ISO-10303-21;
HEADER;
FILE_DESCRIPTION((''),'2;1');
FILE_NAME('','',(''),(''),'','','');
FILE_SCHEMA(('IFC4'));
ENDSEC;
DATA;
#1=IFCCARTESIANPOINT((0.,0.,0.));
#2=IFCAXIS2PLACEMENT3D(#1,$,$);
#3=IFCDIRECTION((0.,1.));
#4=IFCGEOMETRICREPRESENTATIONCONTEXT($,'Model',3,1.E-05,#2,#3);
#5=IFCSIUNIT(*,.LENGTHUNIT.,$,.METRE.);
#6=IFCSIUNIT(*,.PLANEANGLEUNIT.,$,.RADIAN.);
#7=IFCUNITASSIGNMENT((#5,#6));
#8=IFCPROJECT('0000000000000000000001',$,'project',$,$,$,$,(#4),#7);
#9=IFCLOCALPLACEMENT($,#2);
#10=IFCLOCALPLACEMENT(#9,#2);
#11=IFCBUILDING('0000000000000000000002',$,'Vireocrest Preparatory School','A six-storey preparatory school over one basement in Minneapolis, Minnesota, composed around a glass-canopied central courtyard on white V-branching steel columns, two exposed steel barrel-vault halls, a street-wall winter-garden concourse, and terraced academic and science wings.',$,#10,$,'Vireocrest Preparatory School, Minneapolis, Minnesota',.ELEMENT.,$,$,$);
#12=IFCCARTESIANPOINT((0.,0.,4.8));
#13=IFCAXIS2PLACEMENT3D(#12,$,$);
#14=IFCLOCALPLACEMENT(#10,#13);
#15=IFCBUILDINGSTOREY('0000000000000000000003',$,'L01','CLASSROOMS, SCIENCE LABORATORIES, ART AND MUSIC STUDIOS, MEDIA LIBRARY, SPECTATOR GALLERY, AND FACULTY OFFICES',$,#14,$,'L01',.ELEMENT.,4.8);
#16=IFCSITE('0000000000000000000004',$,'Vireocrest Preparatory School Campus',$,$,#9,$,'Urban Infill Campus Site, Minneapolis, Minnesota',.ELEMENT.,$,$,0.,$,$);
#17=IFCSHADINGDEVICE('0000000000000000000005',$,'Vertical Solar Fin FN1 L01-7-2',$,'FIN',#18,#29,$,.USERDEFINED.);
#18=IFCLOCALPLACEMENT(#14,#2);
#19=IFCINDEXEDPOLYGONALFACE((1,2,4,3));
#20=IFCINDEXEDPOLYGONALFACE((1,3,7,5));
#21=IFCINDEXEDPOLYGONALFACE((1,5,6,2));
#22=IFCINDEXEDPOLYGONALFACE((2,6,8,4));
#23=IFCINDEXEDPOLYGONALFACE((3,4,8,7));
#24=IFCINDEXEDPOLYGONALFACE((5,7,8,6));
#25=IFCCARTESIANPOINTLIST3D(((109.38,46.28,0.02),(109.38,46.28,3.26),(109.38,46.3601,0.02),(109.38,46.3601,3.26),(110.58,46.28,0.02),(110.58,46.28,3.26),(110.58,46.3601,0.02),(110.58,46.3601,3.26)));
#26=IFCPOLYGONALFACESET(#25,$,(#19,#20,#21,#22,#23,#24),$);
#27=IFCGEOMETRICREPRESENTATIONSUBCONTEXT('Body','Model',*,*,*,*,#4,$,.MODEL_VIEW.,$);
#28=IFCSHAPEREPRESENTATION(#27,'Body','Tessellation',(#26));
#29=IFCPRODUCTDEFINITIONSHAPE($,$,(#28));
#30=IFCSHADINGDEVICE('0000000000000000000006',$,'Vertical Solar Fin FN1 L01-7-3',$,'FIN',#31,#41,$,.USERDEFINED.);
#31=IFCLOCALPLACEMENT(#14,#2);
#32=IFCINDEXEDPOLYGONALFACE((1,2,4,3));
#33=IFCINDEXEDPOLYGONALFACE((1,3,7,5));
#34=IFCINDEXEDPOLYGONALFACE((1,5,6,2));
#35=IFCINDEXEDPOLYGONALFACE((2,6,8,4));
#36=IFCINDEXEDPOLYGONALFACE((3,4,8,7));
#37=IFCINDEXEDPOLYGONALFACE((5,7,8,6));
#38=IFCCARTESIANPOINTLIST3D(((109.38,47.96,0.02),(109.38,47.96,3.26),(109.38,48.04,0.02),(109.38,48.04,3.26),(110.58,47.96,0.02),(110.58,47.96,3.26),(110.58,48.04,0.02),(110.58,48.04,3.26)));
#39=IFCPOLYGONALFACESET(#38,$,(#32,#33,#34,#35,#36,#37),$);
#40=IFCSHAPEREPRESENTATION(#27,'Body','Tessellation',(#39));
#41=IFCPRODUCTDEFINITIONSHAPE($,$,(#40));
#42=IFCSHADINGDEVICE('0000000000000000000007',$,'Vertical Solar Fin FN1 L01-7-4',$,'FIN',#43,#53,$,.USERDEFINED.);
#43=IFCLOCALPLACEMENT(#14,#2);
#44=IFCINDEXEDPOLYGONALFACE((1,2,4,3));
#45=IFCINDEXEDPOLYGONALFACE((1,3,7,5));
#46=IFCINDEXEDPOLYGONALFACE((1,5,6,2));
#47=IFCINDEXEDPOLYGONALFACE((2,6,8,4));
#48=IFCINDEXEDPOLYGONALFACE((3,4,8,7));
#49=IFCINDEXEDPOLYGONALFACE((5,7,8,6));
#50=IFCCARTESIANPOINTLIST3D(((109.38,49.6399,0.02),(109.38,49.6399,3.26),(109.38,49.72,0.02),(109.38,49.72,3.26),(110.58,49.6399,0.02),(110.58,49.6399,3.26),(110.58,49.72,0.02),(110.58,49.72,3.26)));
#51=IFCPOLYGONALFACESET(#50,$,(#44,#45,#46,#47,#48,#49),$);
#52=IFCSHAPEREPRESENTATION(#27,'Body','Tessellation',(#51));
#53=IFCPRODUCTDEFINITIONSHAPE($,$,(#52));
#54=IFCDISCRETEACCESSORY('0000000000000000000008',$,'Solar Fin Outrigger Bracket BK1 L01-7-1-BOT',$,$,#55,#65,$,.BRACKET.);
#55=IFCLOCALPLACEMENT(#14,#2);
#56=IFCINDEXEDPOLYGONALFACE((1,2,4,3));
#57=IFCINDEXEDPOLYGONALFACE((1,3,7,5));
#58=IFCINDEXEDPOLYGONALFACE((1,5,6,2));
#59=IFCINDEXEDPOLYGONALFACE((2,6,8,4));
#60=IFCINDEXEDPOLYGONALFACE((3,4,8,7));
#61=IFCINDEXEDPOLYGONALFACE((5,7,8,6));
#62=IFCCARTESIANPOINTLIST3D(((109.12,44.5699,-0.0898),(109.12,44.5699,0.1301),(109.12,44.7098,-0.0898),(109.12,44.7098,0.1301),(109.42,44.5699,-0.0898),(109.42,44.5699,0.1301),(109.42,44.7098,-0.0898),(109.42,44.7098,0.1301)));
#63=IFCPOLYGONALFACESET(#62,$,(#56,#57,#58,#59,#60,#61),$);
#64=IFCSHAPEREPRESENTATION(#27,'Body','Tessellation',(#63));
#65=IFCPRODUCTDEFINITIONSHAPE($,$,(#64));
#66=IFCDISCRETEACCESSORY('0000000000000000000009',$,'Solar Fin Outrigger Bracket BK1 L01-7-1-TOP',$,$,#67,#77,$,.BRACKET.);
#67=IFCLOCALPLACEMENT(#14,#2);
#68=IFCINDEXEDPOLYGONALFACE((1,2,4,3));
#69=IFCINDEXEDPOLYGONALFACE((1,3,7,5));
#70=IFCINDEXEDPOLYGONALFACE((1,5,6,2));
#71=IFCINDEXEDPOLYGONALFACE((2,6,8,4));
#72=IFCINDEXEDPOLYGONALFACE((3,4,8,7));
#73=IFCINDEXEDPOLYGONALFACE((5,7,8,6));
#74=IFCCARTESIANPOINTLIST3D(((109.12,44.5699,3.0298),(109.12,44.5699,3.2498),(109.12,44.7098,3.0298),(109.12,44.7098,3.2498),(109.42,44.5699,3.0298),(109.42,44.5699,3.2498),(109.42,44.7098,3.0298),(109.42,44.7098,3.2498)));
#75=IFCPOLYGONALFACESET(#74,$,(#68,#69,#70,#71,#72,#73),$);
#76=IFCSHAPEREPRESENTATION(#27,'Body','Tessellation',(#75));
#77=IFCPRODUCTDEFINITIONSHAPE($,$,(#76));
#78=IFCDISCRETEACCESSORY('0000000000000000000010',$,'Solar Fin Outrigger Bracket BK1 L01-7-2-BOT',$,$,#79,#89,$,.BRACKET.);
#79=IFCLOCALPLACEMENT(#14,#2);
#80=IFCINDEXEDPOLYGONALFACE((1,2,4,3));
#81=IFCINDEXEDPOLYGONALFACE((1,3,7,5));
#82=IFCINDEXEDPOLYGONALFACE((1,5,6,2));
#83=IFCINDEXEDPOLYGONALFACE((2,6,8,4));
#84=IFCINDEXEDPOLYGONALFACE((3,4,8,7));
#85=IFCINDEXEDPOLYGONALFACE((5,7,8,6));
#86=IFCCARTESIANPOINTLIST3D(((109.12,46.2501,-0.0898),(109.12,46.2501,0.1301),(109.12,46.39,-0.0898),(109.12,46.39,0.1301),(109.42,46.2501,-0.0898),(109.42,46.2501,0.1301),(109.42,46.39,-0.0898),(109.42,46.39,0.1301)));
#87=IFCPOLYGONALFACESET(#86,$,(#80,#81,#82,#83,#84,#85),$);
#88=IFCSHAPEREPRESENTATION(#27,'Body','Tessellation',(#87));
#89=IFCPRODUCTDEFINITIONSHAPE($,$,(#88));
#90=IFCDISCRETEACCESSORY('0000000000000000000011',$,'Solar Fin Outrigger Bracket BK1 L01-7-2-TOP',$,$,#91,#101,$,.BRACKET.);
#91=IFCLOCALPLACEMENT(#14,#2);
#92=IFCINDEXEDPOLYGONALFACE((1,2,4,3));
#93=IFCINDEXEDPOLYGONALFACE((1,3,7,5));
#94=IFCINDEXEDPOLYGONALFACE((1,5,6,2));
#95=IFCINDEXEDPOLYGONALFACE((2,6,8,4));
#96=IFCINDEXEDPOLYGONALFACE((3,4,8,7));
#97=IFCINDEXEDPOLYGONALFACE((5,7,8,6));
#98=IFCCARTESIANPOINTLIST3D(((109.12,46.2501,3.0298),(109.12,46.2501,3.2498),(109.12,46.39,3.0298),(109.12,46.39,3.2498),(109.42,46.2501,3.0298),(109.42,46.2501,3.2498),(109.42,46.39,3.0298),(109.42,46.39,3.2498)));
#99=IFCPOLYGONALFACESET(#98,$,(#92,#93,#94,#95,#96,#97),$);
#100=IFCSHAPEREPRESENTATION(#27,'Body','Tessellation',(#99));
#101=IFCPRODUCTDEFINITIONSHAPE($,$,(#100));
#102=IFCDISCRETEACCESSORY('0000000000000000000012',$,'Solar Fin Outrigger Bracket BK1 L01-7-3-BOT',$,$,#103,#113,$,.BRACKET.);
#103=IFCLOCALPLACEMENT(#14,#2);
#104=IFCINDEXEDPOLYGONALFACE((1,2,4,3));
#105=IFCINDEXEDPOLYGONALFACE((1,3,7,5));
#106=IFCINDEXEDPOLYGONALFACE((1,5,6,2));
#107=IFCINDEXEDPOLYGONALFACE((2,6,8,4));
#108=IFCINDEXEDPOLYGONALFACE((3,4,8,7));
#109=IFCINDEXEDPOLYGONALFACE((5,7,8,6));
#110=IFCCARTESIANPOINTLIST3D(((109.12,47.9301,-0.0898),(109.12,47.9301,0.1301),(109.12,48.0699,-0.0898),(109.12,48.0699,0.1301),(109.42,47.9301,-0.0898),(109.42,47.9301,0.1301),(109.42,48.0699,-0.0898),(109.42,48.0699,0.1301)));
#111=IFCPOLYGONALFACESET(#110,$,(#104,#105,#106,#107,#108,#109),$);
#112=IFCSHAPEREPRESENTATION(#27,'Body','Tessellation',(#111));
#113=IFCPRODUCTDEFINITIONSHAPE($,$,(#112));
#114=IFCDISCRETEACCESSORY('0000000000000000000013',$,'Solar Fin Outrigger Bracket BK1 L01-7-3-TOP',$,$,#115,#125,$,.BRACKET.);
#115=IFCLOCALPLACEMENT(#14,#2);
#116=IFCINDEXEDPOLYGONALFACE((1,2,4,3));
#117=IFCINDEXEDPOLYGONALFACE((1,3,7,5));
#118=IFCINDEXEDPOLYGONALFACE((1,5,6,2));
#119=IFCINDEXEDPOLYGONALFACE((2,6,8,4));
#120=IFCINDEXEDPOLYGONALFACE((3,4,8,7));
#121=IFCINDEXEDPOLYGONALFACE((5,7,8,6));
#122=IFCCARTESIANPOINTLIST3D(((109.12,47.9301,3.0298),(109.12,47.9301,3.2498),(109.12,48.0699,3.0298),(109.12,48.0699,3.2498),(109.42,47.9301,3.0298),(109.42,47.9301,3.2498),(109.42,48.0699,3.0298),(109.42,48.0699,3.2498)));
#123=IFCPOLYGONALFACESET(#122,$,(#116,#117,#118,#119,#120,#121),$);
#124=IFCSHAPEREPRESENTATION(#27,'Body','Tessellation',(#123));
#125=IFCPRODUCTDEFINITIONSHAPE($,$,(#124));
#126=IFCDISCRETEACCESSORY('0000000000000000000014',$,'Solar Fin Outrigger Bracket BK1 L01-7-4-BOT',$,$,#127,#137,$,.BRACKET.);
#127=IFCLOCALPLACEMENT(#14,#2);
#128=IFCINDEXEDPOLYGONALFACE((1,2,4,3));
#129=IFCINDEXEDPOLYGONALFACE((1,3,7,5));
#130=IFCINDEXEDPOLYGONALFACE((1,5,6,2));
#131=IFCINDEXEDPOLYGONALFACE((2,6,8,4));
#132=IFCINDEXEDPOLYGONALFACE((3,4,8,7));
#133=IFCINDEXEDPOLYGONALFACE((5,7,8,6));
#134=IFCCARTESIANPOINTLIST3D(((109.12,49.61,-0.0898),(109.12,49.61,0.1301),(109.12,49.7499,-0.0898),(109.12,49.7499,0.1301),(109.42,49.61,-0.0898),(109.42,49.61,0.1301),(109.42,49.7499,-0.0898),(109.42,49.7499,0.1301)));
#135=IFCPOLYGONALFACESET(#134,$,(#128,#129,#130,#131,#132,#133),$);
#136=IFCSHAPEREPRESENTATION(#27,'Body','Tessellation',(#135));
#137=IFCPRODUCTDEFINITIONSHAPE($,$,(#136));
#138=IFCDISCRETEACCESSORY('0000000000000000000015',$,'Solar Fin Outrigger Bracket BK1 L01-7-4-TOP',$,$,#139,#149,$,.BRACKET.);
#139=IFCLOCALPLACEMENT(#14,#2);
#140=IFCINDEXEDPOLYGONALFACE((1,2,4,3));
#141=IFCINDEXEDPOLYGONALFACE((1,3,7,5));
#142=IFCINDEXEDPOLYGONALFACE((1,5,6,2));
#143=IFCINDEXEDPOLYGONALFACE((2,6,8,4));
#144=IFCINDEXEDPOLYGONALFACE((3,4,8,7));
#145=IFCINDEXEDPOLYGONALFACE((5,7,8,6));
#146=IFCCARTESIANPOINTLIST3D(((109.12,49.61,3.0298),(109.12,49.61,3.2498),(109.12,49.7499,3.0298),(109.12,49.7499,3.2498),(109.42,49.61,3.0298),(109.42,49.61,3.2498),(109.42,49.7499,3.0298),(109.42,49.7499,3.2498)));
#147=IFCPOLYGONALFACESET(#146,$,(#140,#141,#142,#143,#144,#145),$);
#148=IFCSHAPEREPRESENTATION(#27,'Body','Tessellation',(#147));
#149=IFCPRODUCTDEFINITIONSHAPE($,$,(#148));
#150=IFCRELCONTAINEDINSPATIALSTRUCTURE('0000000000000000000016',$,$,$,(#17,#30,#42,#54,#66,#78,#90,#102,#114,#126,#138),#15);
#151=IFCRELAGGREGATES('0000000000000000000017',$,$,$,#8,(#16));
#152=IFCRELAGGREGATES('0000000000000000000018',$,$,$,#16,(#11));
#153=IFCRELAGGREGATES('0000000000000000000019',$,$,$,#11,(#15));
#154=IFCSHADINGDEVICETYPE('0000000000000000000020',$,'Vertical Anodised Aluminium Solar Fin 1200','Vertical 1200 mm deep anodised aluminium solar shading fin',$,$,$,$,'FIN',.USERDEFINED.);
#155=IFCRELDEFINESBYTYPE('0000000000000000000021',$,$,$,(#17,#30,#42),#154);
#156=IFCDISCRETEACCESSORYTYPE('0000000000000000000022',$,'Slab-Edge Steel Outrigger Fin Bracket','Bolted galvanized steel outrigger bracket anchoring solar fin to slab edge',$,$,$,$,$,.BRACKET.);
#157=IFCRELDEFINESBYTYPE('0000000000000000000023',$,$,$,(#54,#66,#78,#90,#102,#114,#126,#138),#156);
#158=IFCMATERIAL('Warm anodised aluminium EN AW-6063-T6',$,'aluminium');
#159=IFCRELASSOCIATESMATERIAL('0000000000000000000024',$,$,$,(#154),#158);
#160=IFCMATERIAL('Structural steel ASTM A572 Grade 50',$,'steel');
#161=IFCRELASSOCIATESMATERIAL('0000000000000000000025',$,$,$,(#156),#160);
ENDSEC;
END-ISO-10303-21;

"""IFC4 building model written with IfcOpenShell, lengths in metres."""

from ifc_helpers import new_model, si_unit, direction, frame, origin, origin_2d, place, context, subcontext, project, spatial, rectangle, extrude, material, material_profile, profile_set, type_object, element, save


model = new_model("IFC4")

# Units and contexts
model_context = context("Model", 3, precision=1e-05, world=origin(), true_north=direction((0.0, 1.0)))
body_context = subcontext(model_context, "Body", "Model", "MODEL_VIEW")
ifc_project = project(units=[si_unit("LENGTHUNIT", "METRE"), si_unit("PLANEANGLEUNIT", "RADIAN")], contexts=[model_context])

# Site, building, storey
site_placement = place(None, origin())
site = spatial("IfcSite", under=ifc_project, at=site_placement, Name="Vireocrest Preparatory School Campus", LongName="Urban Infill Campus Site, Minneapolis, Minnesota", CompositionType="ELEMENT", RefElevation=0.0)
building_placement = place(site_placement, origin())
building = spatial("IfcBuilding", under=site, at=building_placement, Name="Vireocrest Preparatory School", Description="A six-storey preparatory school over one basement in Minneapolis, Minnesota, composed around a glass-canopied central courtyard on white V-branching steel columns, two exposed steel barrel-vault halls, a street-wall winter-garden concourse, and terraced academic and science wings.", LongName="Vireocrest Preparatory School, Minneapolis, Minnesota", CompositionType="ELEMENT")
storey_placement = place(building_placement, frame((0.0, 0.0, 4.8)))
storey = spatial("IfcBuildingStorey", under=building, at=storey_placement, Name="L01", Description="CLASSROOMS, SCIENCE LABORATORIES, ART AND MUSIC STUDIOS, MEDIA LIBRARY, SPECTATOR GALLERY, AND FACULTY OFFICES", LongName="L01", CompositionType="ELEMENT", Elevation=4.8)

# Shading devices
ifc_material_1 = material(Name="Warm anodised aluminium EN AW-6063-T6", Category="aluminium")
ifc_material_profile_1 = material_profile(ifc_material_1, rectangle(XDim=0.0801, YDim=1.2, at=origin_2d()), Name="FIN 80x1200")
ifc_profile_set_1 = profile_set([ifc_material_profile_1], Name="Warm anodised aluminium EN AW-6063-T6")
shading_device_type = type_object("IfcShadingDeviceType", Name="Vertical Anodised Aluminium Solar Fin 1200", Description="Vertical 1200 mm deep anodised aluminium solar shading fin", ElementType="FIN", PredefinedType="USERDEFINED", material=ifc_profile_set_1)
for number, where, z_axis, x_axis, name in (
    (1, (109.98, 46.3201, 0.02), (0.0, 0.0, 1.0), (0.0, -1.0, 0.0), "Vertical Solar Fin FN1 L01-7-2"),
    (2, (109.98, 48.0, 0.02), (0.0, 0.0, 1.0), (0.0, -1.0, 0.0), "Vertical Solar Fin FN1 L01-7-3"),
    (3, (109.98, 49.6799, 0.02), (0.0, 0.0, 1.0), (0.0, -1.0, 0.0), "Vertical Solar Fin FN1 L01-7-4"),
):
    element("IfcShadingDevice", number, at=place(storey_placement, frame(where, z_axis=z_axis, x_axis=x_axis)), inside=storey, type_object=shading_device_type, Name=name, ObjectType="FIN", PredefinedType="USERDEFINED", context=body_context, shape_type="SweptSolid", body=[
        extrude(rectangle(XDim=0.0801, YDim=1.2, at=origin_2d()), origin(), (0.0, 0.0, 1.0), 3.24),
    ])

# Discrete accessories
ifc_material_2 = material(Name="Structural steel ASTM A572 Grade 50", Category="steel")
discrete_accessory_type = type_object("IfcDiscreteAccessoryType", Name="Slab-Edge Steel Outrigger Fin Bracket", Description="Bolted galvanized steel outrigger bracket anchoring solar fin to slab edge", PredefinedType="BRACKET", material=ifc_material_2)
for number, where, z_axis, x_axis, name in (
    (4, (109.27, 44.6399, -0.0898), (0.0, 0.0, 1.0), (0.0, -1.0, 0.0), "Solar Fin Outrigger Bracket BK1 L01-7-1-BOT"),
    (5, (109.27, 44.6399, 3.0298), (0.0, 0.0, 1.0), (0.0, -1.0, 0.0), "Solar Fin Outrigger Bracket BK1 L01-7-1-TOP"),
    (6, (109.27, 46.3201, -0.0898), (0.0, 0.0, 1.0), (0.0, -1.0, 0.0), "Solar Fin Outrigger Bracket BK1 L01-7-2-BOT"),
    (7, (109.27, 46.3201, 3.0298), (0.0, 0.0, 1.0), (0.0, -1.0, 0.0), "Solar Fin Outrigger Bracket BK1 L01-7-2-TOP"),
    (8, (109.27, 48.0, -0.0898), (0.0, 0.0, 1.0), (0.0, -1.0, 0.0), "Solar Fin Outrigger Bracket BK1 L01-7-3-BOT"),
    (9, (109.27, 48.0, 3.0298), (0.0, 0.0, 1.0), (0.0, -1.0, 0.0), "Solar Fin Outrigger Bracket BK1 L01-7-3-TOP"),
    (10, (109.27, 49.6799, -0.0898), (0.0, 0.0, 1.0), (0.0, -1.0, 0.0), "Solar Fin Outrigger Bracket BK1 L01-7-4-BOT"),
    (11, (109.27, 49.6799, 3.0298), (0.0, 0.0, 1.0), (0.0, -1.0, 0.0), "Solar Fin Outrigger Bracket BK1 L01-7-4-TOP"),
):
    element("IfcDiscreteAccessory", number, at=place(storey_placement, frame(where, z_axis=z_axis, x_axis=x_axis)), inside=storey, type_object=discrete_accessory_type, Name=name, PredefinedType="BRACKET", context=body_context, shape_type="SweptSolid", body=[
        extrude(rectangle(XDim=0.1399, YDim=0.3, at=origin_2d()), origin(), (0.0, 0.0, 1.0), 0.22),
    ])

save(model, "model.ifc")
